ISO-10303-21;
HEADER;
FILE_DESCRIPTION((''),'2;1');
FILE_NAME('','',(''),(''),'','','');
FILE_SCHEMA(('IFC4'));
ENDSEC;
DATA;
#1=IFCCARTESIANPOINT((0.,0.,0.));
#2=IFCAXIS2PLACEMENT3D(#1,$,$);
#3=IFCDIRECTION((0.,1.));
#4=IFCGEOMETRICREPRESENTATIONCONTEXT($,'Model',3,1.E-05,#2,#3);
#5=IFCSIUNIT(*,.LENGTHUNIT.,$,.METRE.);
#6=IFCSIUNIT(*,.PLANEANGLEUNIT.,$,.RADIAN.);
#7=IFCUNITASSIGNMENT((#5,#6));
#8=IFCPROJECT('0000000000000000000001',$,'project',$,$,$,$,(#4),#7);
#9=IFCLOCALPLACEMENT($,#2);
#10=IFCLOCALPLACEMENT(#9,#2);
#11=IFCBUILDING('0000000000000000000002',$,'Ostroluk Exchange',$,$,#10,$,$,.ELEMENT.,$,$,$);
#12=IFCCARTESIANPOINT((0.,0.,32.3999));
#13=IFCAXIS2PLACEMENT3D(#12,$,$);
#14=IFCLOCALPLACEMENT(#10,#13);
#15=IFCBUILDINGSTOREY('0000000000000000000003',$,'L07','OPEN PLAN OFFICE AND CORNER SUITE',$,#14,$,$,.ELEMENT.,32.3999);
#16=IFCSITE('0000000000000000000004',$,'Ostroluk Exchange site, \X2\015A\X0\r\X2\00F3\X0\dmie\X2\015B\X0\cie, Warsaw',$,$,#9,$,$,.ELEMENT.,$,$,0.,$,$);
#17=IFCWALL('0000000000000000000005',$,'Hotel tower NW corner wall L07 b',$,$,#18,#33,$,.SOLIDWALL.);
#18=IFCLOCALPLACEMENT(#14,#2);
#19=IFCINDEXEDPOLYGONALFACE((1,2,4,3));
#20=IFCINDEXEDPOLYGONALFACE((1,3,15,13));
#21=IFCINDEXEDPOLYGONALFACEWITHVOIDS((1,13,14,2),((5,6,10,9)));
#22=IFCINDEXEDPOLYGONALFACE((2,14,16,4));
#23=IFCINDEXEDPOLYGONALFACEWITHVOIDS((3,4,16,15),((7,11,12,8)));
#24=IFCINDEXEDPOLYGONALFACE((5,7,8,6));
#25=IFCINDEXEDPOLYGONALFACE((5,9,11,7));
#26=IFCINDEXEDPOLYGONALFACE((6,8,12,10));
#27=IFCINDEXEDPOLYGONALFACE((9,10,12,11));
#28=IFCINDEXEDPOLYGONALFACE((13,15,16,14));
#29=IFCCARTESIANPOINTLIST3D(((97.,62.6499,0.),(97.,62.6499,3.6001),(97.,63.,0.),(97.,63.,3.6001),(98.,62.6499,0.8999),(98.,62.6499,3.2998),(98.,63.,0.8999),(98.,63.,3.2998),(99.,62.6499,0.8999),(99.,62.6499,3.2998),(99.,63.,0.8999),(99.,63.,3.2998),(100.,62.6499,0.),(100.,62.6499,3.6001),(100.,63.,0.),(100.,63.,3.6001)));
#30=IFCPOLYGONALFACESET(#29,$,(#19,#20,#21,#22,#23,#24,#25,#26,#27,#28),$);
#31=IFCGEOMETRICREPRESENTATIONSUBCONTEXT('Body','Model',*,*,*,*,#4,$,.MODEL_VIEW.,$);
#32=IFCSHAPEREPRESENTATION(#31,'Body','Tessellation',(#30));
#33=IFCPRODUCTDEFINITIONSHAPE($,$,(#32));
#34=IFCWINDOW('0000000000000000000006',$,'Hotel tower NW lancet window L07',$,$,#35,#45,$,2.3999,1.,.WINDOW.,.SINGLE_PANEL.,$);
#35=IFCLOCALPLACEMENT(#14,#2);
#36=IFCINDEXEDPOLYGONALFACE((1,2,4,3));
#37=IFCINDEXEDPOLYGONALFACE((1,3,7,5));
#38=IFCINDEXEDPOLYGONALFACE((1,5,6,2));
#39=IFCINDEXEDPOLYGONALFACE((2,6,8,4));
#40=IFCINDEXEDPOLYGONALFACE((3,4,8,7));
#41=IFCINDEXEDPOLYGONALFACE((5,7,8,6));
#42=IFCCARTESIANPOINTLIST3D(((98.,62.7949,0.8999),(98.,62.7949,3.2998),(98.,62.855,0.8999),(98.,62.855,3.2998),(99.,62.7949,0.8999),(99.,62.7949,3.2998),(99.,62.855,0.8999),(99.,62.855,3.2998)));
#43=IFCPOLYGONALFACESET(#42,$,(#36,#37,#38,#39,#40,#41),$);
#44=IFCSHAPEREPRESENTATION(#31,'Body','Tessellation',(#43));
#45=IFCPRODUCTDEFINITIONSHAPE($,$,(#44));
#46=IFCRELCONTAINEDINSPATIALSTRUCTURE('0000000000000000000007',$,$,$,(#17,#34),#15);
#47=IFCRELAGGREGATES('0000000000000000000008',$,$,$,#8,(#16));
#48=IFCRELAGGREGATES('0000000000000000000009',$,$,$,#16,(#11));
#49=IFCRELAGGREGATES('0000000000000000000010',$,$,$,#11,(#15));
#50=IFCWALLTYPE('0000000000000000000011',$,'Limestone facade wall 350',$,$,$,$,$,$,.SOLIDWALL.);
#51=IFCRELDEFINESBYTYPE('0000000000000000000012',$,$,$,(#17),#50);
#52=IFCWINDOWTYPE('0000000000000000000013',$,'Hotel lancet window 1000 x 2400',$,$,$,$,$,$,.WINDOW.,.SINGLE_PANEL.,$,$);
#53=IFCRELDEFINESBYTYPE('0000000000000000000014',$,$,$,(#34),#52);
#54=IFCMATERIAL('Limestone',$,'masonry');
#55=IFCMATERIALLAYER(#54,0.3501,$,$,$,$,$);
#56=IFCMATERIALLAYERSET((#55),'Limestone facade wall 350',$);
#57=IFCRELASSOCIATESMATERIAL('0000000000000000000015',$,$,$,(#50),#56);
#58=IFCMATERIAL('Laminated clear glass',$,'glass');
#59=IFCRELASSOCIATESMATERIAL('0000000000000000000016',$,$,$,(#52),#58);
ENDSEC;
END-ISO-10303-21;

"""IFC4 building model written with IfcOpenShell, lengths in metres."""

from ifc_helpers import new_model, si_unit, direction, frame, frame_2d, origin, place, context, subcontext, project, spatial, rectangle, extrude, material, layer, layer_set, type_object, element, fill, save


model = new_model("IFC4")

# Units and contexts
model_context = context("Model", 3, precision=1e-05, world=origin(), true_north=direction((0.0, 1.0)))
body_context = subcontext(model_context, "Body", "Model", "MODEL_VIEW")
ifc_project = project(units=[si_unit("LENGTHUNIT", "METRE"), si_unit("PLANEANGLEUNIT", "RADIAN")], contexts=[model_context])

# Site, building, storey
site_placement = place(None, origin())
site = spatial("IfcSite", under=ifc_project, at=site_placement, Name="Ostroluk Exchange site, Śródmieście, Warsaw", CompositionType="ELEMENT", RefElevation=0.0)
building_placement = place(site_placement, origin())
building = spatial("IfcBuilding", under=site, at=building_placement, Name="Ostroluk Exchange", CompositionType="ELEMENT")
storey_placement = place(building_placement, frame((0.0, 0.0, 32.3999)))
storey = spatial("IfcBuildingStorey", under=building, at=storey_placement, Name="L07", Description="OPEN PLAN OFFICE AND CORNER SUITE", CompositionType="ELEMENT", Elevation=32.3999)

# Shared definitions
ifc_material_1 = material(Name="Limestone", Category="masonry")
ifc_layer_1 = layer(ifc_material_1, 0.3501)
ifc_layer_set_1 = layer_set([ifc_layer_1], Name="Limestone facade wall 350")
wall_type = type_object("IfcWallType", Name="Limestone facade wall 350", PredefinedType="SOLIDWALL", material=ifc_layer_set_1)

# Wall, opening, window
wall_1_placement = place(storey_placement, frame((100.0, 62.825, 0.0), z_axis=(0.0, 0.0, 1.0), x_axis=(-1.0, 0.0, 0.0)))
wall_1 = element("IfcWall", 1, at=wall_1_placement, inside=storey, type_object=wall_type, Name="Hotel tower NW corner wall L07 b", PredefinedType="SOLIDWALL", context=body_context, shape_type="SweptSolid", body=[
    extrude(rectangle(XDim=3.0, YDim=0.3501, at=frame_2d((1.5, 0.0))), origin(), (0.0, 0.0, 1.0), 3.6001),
])
opening_1_placement = place(wall_1_placement, frame((1.0, 0.0, 0.8999)))
opening_1 = element("IfcOpeningElement", 2, at=opening_1_placement, cuts=wall_1, PredefinedType="OPENING", context=body_context, shape_type="SweptSolid", body=[
    extrude(rectangle(XDim=1.0, YDim=2.3999, at=frame_2d((0.5, 1.2))), frame((0.0, 0.1851, 0.0), z_axis=(0.0, -1.0, 0.0), x_axis=(1.0, 0.0, 0.0)), (0.0, 0.0, 1.0), 0.3701),
])
ifc_material_2 = material(Name="Laminated clear glass", Category="glass")
window_type = type_object("IfcWindowType", Name="Hotel lancet window 1000 x 2400", PartitioningType="SINGLE_PANEL", PredefinedType="WINDOW", material=ifc_material_2)
window_placement = place(opening_1_placement, origin())
window = element("IfcWindow", 3, at=window_placement, inside=storey, type_object=window_type, Name="Hotel tower NW lancet window L07", OverallHeight=2.3999, OverallWidth=1.0, PartitioningType="SINGLE_PANEL", PredefinedType="WINDOW", context=body_context, shape_type="SweptSolid", body=[
    extrude(rectangle(XDim=1.0, YDim=2.3999, at=frame_2d((0.5, 1.2))), frame((0.0, 0.03, 0.0), z_axis=(0.0, -1.0, 0.0), x_axis=(1.0, 0.0, 0.0)), (0.0, 0.0, 1.0), 0.0601),
])
fill(opening_1, window)

save(model, "model.ifc")
